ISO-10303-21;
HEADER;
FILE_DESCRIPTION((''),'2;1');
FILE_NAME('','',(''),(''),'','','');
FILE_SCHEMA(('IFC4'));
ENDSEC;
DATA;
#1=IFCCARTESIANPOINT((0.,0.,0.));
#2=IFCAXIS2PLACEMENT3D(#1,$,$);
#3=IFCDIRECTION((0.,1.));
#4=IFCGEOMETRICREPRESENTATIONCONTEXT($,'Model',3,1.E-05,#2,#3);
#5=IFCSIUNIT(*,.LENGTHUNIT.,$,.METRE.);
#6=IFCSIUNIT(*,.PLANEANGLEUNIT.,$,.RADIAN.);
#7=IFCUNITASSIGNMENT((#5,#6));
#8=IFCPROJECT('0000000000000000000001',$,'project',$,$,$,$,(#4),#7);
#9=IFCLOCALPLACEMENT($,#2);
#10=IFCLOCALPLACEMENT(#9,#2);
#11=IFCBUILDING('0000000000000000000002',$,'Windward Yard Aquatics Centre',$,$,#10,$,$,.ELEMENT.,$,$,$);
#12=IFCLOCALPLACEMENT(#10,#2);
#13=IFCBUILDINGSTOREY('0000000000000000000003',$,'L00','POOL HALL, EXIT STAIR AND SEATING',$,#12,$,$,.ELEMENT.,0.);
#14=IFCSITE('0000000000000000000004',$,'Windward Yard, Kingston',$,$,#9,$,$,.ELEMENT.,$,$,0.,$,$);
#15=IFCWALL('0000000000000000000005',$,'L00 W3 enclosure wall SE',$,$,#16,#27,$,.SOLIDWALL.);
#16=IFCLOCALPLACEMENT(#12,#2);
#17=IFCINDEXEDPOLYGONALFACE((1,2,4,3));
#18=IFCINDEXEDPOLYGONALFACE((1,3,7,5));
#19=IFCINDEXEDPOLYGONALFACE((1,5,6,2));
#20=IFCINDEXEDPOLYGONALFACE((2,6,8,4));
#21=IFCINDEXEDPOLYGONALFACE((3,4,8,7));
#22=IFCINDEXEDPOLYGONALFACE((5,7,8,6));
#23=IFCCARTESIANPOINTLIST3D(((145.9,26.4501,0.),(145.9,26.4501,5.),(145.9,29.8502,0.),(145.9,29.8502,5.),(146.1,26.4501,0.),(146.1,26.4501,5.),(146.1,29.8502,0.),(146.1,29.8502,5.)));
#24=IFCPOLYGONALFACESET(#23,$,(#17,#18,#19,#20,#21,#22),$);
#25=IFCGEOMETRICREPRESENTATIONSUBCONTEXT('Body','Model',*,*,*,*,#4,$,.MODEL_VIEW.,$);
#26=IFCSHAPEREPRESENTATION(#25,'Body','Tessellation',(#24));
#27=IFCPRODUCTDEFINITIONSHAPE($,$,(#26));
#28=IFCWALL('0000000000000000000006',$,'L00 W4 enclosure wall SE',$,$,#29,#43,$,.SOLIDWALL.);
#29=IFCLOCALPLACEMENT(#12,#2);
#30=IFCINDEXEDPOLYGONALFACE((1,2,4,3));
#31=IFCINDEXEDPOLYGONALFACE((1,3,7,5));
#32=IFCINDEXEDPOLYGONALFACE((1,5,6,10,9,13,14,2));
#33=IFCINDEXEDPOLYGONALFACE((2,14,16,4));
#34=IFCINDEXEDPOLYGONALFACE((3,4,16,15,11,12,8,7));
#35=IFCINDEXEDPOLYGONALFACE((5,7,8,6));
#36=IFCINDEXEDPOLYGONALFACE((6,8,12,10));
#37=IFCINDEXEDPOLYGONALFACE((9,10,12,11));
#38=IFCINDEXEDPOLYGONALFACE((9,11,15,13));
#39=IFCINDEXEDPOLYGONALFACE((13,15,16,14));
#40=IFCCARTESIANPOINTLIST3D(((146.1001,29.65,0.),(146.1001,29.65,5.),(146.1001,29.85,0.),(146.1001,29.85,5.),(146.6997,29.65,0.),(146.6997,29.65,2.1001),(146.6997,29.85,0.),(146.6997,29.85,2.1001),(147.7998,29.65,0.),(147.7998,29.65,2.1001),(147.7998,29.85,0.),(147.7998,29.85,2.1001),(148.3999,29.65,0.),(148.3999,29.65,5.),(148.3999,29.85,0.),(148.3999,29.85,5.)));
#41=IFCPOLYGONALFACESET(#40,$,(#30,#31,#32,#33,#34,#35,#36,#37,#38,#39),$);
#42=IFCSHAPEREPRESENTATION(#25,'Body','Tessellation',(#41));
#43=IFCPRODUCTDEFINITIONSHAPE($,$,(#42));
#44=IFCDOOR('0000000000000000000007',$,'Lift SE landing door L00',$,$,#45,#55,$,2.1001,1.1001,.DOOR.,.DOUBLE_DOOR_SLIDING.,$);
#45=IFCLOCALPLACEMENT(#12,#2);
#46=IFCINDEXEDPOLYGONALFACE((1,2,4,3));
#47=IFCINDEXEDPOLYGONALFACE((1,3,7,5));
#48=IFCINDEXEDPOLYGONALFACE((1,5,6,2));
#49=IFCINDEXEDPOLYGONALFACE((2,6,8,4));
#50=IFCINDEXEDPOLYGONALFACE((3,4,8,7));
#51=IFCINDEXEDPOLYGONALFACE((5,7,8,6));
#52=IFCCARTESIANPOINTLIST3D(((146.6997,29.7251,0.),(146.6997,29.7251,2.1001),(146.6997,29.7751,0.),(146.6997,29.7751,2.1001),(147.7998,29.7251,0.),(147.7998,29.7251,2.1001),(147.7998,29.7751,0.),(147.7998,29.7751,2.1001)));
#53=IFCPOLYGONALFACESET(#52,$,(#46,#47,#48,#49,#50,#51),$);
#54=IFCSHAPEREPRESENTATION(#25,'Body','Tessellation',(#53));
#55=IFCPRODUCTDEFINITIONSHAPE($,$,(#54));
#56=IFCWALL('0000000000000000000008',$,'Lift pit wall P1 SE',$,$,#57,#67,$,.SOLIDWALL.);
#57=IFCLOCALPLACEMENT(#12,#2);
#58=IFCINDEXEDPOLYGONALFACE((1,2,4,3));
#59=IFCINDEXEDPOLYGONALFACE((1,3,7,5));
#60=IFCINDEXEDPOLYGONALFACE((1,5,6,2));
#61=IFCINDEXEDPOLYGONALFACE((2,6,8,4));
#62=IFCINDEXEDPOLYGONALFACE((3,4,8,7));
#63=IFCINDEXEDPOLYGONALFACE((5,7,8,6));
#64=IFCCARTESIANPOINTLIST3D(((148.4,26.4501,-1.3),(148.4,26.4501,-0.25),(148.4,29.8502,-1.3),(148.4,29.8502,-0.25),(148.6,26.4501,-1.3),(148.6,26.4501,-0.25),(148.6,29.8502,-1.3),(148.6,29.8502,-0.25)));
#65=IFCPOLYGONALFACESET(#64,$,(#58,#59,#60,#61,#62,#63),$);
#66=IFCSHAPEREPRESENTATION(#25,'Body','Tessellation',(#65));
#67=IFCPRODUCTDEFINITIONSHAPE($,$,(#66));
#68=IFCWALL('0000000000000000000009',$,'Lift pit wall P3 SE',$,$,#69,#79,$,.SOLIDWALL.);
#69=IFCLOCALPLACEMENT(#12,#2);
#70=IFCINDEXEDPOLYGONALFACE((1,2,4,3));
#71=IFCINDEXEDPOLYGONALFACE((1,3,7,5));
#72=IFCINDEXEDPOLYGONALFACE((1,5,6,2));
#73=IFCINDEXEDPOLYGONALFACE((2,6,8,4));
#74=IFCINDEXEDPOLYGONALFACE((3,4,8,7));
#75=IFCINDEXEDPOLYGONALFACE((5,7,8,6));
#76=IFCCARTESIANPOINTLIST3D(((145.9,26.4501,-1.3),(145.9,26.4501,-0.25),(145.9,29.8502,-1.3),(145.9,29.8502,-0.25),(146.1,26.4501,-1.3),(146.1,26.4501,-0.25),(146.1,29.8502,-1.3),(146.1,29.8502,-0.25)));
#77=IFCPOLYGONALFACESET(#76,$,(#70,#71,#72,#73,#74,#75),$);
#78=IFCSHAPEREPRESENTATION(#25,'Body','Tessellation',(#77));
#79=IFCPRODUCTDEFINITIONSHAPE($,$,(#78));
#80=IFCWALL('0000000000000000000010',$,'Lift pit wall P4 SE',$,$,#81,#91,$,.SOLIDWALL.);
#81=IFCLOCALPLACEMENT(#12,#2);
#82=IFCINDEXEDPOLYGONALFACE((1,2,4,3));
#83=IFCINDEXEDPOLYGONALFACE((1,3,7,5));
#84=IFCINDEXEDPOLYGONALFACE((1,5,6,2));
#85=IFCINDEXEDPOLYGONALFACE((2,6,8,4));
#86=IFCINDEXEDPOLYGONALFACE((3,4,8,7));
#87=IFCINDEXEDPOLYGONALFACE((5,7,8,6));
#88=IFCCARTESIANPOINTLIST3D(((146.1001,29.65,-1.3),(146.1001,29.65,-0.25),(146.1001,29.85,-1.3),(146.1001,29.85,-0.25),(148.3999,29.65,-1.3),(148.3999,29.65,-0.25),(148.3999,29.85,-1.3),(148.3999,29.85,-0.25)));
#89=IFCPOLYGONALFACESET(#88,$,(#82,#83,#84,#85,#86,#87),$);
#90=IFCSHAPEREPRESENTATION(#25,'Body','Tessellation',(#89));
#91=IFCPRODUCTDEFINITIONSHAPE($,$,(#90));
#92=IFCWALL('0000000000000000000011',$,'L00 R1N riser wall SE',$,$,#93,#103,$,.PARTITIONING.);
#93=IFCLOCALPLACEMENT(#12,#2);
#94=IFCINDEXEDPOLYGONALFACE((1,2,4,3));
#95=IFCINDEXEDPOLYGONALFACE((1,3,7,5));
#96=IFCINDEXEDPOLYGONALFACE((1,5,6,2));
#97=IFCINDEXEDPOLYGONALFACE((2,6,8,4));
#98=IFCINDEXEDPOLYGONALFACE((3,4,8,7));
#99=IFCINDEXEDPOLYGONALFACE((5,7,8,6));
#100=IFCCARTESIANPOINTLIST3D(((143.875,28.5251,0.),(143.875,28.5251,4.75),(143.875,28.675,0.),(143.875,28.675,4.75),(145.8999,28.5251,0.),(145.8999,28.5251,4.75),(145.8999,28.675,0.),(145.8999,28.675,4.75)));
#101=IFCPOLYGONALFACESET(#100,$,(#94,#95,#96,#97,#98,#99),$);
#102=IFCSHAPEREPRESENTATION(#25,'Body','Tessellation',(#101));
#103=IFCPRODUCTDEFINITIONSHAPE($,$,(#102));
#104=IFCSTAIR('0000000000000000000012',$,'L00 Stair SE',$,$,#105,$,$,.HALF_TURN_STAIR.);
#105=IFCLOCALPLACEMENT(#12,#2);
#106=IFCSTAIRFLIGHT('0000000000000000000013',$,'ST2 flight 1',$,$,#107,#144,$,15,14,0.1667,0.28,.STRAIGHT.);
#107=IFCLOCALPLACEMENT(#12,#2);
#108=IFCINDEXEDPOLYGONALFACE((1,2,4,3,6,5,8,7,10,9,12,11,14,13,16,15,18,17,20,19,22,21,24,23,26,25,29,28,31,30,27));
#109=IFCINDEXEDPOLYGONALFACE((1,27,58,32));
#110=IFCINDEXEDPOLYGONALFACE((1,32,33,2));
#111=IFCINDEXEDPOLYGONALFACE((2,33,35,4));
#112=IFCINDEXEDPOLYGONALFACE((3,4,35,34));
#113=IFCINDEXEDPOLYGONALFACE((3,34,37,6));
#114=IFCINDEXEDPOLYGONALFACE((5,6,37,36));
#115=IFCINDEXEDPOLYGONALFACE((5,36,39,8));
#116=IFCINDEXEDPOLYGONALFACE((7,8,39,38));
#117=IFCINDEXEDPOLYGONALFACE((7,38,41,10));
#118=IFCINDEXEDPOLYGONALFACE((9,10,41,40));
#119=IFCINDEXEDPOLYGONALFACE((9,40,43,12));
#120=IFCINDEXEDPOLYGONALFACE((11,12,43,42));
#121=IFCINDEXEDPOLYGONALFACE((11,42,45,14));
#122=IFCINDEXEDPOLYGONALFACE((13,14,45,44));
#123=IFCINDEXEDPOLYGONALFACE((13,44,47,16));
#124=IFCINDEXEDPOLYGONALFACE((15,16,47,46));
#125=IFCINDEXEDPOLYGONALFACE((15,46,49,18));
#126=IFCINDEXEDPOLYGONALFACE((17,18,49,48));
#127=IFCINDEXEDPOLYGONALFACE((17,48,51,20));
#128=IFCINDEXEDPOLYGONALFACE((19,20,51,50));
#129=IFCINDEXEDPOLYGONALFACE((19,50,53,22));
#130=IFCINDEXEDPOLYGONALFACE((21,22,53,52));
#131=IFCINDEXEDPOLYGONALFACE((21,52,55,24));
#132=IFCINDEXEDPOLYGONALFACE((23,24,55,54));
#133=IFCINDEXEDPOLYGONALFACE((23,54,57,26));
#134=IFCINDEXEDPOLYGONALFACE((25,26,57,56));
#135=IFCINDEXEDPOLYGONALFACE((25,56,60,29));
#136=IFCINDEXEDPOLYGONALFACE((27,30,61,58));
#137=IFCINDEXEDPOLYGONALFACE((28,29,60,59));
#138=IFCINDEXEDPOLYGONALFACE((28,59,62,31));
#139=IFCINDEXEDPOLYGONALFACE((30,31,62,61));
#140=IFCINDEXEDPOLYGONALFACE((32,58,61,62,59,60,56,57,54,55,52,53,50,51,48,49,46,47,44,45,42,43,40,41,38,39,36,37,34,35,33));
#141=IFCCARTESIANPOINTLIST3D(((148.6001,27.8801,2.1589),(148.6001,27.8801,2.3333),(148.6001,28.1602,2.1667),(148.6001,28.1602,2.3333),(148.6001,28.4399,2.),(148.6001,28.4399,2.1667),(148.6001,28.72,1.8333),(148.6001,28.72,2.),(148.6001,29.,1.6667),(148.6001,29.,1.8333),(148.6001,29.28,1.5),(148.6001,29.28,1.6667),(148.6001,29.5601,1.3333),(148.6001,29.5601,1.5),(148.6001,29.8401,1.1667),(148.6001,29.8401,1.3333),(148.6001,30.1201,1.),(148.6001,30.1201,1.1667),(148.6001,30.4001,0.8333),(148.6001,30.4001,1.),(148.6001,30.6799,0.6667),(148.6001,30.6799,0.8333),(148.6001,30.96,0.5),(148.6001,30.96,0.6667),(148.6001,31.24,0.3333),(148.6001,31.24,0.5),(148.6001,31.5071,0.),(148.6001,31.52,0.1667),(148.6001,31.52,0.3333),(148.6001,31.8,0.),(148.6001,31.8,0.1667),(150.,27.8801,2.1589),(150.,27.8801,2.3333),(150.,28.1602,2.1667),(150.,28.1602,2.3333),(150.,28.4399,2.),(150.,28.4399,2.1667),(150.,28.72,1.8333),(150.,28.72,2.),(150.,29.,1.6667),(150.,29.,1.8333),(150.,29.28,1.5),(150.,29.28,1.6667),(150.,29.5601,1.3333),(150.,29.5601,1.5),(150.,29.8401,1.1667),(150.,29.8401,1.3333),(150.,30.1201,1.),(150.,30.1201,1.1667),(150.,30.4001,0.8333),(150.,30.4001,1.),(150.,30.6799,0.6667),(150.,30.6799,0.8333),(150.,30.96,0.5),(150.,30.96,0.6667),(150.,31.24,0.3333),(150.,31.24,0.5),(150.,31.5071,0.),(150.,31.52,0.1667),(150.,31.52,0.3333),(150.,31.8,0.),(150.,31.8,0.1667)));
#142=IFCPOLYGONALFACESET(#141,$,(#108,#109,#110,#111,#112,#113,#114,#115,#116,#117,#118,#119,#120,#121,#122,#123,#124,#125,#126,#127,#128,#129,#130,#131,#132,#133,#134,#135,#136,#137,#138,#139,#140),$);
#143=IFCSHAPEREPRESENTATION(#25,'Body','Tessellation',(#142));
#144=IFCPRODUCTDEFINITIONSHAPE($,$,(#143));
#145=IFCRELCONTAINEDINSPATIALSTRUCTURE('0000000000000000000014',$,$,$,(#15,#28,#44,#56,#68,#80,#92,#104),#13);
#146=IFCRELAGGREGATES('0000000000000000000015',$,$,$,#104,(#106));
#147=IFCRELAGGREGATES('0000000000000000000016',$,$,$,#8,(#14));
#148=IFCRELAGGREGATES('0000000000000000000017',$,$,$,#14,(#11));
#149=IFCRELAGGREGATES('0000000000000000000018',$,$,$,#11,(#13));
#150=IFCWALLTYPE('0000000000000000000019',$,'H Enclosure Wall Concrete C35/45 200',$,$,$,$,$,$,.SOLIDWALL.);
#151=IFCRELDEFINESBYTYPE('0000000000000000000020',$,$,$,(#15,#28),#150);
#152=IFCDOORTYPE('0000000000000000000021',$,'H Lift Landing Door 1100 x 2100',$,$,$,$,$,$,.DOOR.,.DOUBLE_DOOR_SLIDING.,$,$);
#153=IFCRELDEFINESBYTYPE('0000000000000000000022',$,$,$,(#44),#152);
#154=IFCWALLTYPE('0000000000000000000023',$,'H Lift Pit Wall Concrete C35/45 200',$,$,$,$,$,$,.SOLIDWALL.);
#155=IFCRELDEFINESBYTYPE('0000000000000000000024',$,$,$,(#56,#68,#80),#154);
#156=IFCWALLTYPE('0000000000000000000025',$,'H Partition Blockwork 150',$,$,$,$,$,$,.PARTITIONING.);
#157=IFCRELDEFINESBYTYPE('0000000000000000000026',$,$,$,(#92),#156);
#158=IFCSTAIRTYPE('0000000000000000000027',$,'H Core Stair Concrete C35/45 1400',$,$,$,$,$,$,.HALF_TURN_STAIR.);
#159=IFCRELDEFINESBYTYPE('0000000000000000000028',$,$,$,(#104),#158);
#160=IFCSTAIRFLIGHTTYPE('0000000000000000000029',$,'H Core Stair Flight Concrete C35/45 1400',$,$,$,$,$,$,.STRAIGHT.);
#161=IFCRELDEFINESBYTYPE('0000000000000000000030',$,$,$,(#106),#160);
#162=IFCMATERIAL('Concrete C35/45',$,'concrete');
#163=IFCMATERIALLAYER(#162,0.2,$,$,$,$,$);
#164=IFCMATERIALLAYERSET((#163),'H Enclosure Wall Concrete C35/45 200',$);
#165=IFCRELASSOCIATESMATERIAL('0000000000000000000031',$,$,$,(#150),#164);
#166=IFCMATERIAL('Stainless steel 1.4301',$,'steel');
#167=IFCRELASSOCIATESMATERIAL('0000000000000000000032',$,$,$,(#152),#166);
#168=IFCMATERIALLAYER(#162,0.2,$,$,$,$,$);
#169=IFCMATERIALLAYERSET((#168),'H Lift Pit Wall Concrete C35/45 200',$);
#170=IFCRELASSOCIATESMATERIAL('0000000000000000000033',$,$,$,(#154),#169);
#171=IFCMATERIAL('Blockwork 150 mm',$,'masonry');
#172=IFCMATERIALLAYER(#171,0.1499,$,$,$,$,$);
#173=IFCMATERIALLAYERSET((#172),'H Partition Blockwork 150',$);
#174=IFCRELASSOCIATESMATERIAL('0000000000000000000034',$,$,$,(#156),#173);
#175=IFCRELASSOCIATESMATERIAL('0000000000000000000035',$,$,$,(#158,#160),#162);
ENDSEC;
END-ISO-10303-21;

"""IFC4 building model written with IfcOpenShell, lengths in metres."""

from ifc_helpers import new_model, si_unit, direction, frame, frame_2d, origin, place, context, subcontext, project, spatial, polyline, rectangle, outline, extrude, material, layer, layer_set, type_object, element, fill, aggregate, save


model = new_model("IFC4")

# Units and contexts
model_context = context("Model", 3, precision=1e-05, world=origin(), true_north=direction((0.0, 1.0)))
body_context = subcontext(model_context, "Body", "Model", "MODEL_VIEW")
ifc_project = project(units=[si_unit("LENGTHUNIT", "METRE"), si_unit("PLANEANGLEUNIT", "RADIAN")], contexts=[model_context])

# Site, building, storey
site_placement = place(None, origin())
site = spatial("IfcSite", under=ifc_project, at=site_placement, Name="Windward Yard, Kingston", CompositionType="ELEMENT", RefElevation=0.0)
building_placement = place(site_placement, origin())
building = spatial("IfcBuilding", under=site, at=building_placement, Name="Windward Yard Aquatics Centre", CompositionType="ELEMENT")
storey_placement = place(building_placement, origin())
storey = spatial("IfcBuildingStorey", under=building, at=storey_placement, Name="L00", Description="POOL HALL, EXIT STAIR AND SEATING", CompositionType="ELEMENT", Elevation=0.0)

# Shared definitions
ifc_material_1 = material(Name="Concrete C35/45", Category="concrete")

# Shared definitions
ifc_layer_1 = layer(ifc_material_1, 0.2)
ifc_layer_set_1 = layer_set([ifc_layer_1], Name="H Enclosure Wall Concrete C35/45 200")
wall_type_1 = type_object("IfcWallType", Name="H Enclosure Wall Concrete C35/45 200", PredefinedType="SOLIDWALL", material=ifc_layer_set_1)

# Wall
wall_1_placement = place(storey_placement, frame((146.0, 26.45, 0.0), z_axis=(0.0, 0.0, 1.0), x_axis=(0.0, 1.0, 0.0)))
element("IfcWall", 1, at=wall_1_placement, inside=storey, type_object=wall_type_1, Name="L00 W3 enclosure wall SE", PredefinedType="SOLIDWALL", context=body_context, shape_type="SweptSolid", body=[
    extrude(rectangle(XDim=3.4001, YDim=0.2, at=frame_2d((1.7002, 0.0))), origin(), (0.0, 0.0, 1.0), 5.0),
])

# Wall, opening, door
wall_2_placement = place(storey_placement, frame((148.3999, 29.75, 0.0), z_axis=(0.0, 0.0, 1.0), x_axis=(-1.0, 0.0, 0.0)))
wall_2 = element("IfcWall", 2, at=wall_2_placement, inside=storey, type_object=wall_type_1, Name="L00 W4 enclosure wall SE", PredefinedType="SOLIDWALL", context=body_context, shape_type="SweptSolid", body=[
    extrude(rectangle(XDim=2.2998, YDim=0.2, at=frame_2d((1.1499, 0.0))), origin(), (0.0, 0.0, 1.0), 5.0),
])
opening_1_placement = place(wall_2_placement, frame((0.6001, 0.0, 0.0)))
opening_1 = element("IfcOpeningElement", 3, at=opening_1_placement, cuts=wall_2, PredefinedType="OPENING", context=body_context, shape_type="SweptSolid", body=[
    extrude(rectangle(XDim=1.1001, YDim=2.1001, at=frame_2d((0.55, 1.05))), frame((0.0, 0.1099, 0.0), z_axis=(0.0, -1.0, 0.0), x_axis=(1.0, 0.0, 0.0)), (0.0, 0.0, 1.0), 0.22),
])
ifc_material_2 = material(Name="Stainless steel 1.4301", Category="steel")
door_type_1 = type_object("IfcDoorType", Name="H Lift Landing Door 1100 x 2100", OperationType="DOUBLE_DOOR_SLIDING", PredefinedType="DOOR", material=ifc_material_2)
door_1_placement = place(opening_1_placement, origin())
door_1 = element("IfcDoor", 4, at=door_1_placement, inside=storey, type_object=door_type_1, Name="Lift SE landing door L00", OperationType="DOUBLE_DOOR_SLIDING", OverallHeight=2.1001, OverallWidth=1.1001, PredefinedType="DOOR", context=body_context, shape_type="SweptSolid", body=[
    extrude(rectangle(XDim=1.1001, YDim=2.1001, at=frame_2d((0.55, 1.05))), frame((0.0, 0.0249, 0.0), z_axis=(0.0, -1.0, 0.0), x_axis=(1.0, 0.0, 0.0)), (0.0, 0.0, 1.0), 0.05),
])
fill(opening_1, door_1)

# Walls
ifc_layer_2 = layer(ifc_material_1, 0.2)
ifc_layer_set_2 = layer_set([ifc_layer_2], Name="H Lift Pit Wall Concrete C35/45 200")
wall_type_2 = type_object("IfcWallType", Name="H Lift Pit Wall Concrete C35/45 200", PredefinedType="SOLIDWALL", material=ifc_layer_set_2)
for number, where, z_axis, x_axis, name in (
    (5, (148.5, 26.45, -1.3), (0.0, 0.0, 1.0), (0.0, 1.0, 0.0), "Lift pit wall P1 SE"),
    (6, (146.0, 26.45, -1.3), (0.0, 0.0, 1.0), (0.0, 1.0, 0.0), "Lift pit wall P3 SE"),
):
    element("IfcWall", number, at=place(storey_placement, frame(where, z_axis=z_axis, x_axis=x_axis)), inside=storey, type_object=wall_type_2, Name=name, PredefinedType="SOLIDWALL", context=body_context, shape_type="SweptSolid", body=[
        extrude(rectangle(XDim=3.4001, YDim=0.2, at=frame_2d((1.7002, 0.0))), origin(), (0.0, 0.0, 1.0), 1.05),
    ])
wall_3_placement = place(storey_placement, frame((148.3999, 29.75, -1.3), z_axis=(0.0, 0.0, 1.0), x_axis=(-1.0, 0.0, 0.0)))
element("IfcWall", 7, at=wall_3_placement, inside=storey, type_object=wall_type_2, Name="Lift pit wall P4 SE", PredefinedType="SOLIDWALL", context=body_context, shape_type="SweptSolid", body=[
    extrude(rectangle(XDim=2.2998, YDim=0.2, at=frame_2d((1.1499, 0.0))), origin(), (0.0, 0.0, 1.0), 1.05),
])
ifc_material_3 = material(Name="Blockwork 150 mm", Category="masonry")
ifc_layer_3 = layer(ifc_material_3, 0.1499)
ifc_layer_set_3 = layer_set([ifc_layer_3], Name="H Partition Blockwork 150")
wall_type_3 = type_object("IfcWallType", Name="H Partition Blockwork 150", PredefinedType="PARTITIONING", material=ifc_layer_set_3)
wall_4_placement = place(storey_placement, frame((145.8999, 28.6001, 0.0), z_axis=(0.0, 0.0, 1.0), x_axis=(-1.0, 0.0, 0.0)))
element("IfcWall", 8, at=wall_4_placement, inside=storey, type_object=wall_type_3, Name="L00 R1N riser wall SE", PredefinedType="PARTITIONING", context=body_context, shape_type="SweptSolid", body=[
    extrude(rectangle(XDim=2.0249, YDim=0.1499, at=frame_2d((1.0125, 0.0))), origin(), (0.0, 0.0, 1.0), 4.75),
])

# Stair, stair flight
stair_type = type_object("IfcStairType", Name="H Core Stair Concrete C35/45 1400", PredefinedType="HALF_TURN_STAIR", material=ifc_material_1)
stair_placement = place(storey_placement, origin())
stair = element("IfcStair", 9, at=stair_placement, inside=storey, type_object=stair_type, Name="L00 Stair SE", PredefinedType="HALF_TURN_STAIR")
stair_flight_type = type_object("IfcStairFlightType", Name="H Core Stair Flight Concrete C35/45 1400", PredefinedType="STRAIGHT", material=ifc_material_1)
stair_flight_1_placement = place(storey_placement, frame((149.3, 31.8, 0.0), z_axis=(0.0, 0.0, 1.0), x_axis=(0.0, -1.0, 0.0)))
stair_flight_1 = element("IfcStairFlight", 10, at=stair_flight_1_placement, type_object=stair_flight_type, Name="ST2 flight 1", NumberOfRisers=15, NumberOfTreads=14, PredefinedType="STRAIGHT", RiserHeight=0.1667, TreadLength=0.28, context=body_context, shape_type="SweptSolid", body=[
    extrude(outline(polyline([(0.0, 0.0), (0.0, 0.1667), (0.28, 0.1667), (0.28, 0.3333), (0.5601, 0.3333), (0.5601, 0.5), (0.8401, 0.5), (0.8401, 0.6667), (1.1201, 0.6667), (1.1201, 0.8333), (1.3999, 0.8333), (1.3999, 1.0), (1.6799, 1.0), (1.6799, 1.1667), (1.96, 1.1667), (1.96, 1.3333), (2.24, 1.3333), (2.24, 1.5), (2.52, 1.5), (2.52, 1.6667), (2.8, 1.6667), (2.8, 1.8333), (3.0801, 1.8333), (3.0801, 2.0), (3.3601, 2.0), (3.3601, 2.1667), (3.6399, 2.1667), (3.6399, 2.3333), (3.9199, 2.3333), (3.9199, 2.5), (3.9199, 2.1589), (0.293, 0.0), (0.0, 0.0)])), frame((0.0, 0.7, 0.0), z_axis=(0.0, -1.0, 0.0), x_axis=(1.0, 0.0, 0.0)), (0.0, 0.0, 1.0), 1.3999),
])
aggregate(stair, [stair_flight_1])

save(model, "model.ifc")
